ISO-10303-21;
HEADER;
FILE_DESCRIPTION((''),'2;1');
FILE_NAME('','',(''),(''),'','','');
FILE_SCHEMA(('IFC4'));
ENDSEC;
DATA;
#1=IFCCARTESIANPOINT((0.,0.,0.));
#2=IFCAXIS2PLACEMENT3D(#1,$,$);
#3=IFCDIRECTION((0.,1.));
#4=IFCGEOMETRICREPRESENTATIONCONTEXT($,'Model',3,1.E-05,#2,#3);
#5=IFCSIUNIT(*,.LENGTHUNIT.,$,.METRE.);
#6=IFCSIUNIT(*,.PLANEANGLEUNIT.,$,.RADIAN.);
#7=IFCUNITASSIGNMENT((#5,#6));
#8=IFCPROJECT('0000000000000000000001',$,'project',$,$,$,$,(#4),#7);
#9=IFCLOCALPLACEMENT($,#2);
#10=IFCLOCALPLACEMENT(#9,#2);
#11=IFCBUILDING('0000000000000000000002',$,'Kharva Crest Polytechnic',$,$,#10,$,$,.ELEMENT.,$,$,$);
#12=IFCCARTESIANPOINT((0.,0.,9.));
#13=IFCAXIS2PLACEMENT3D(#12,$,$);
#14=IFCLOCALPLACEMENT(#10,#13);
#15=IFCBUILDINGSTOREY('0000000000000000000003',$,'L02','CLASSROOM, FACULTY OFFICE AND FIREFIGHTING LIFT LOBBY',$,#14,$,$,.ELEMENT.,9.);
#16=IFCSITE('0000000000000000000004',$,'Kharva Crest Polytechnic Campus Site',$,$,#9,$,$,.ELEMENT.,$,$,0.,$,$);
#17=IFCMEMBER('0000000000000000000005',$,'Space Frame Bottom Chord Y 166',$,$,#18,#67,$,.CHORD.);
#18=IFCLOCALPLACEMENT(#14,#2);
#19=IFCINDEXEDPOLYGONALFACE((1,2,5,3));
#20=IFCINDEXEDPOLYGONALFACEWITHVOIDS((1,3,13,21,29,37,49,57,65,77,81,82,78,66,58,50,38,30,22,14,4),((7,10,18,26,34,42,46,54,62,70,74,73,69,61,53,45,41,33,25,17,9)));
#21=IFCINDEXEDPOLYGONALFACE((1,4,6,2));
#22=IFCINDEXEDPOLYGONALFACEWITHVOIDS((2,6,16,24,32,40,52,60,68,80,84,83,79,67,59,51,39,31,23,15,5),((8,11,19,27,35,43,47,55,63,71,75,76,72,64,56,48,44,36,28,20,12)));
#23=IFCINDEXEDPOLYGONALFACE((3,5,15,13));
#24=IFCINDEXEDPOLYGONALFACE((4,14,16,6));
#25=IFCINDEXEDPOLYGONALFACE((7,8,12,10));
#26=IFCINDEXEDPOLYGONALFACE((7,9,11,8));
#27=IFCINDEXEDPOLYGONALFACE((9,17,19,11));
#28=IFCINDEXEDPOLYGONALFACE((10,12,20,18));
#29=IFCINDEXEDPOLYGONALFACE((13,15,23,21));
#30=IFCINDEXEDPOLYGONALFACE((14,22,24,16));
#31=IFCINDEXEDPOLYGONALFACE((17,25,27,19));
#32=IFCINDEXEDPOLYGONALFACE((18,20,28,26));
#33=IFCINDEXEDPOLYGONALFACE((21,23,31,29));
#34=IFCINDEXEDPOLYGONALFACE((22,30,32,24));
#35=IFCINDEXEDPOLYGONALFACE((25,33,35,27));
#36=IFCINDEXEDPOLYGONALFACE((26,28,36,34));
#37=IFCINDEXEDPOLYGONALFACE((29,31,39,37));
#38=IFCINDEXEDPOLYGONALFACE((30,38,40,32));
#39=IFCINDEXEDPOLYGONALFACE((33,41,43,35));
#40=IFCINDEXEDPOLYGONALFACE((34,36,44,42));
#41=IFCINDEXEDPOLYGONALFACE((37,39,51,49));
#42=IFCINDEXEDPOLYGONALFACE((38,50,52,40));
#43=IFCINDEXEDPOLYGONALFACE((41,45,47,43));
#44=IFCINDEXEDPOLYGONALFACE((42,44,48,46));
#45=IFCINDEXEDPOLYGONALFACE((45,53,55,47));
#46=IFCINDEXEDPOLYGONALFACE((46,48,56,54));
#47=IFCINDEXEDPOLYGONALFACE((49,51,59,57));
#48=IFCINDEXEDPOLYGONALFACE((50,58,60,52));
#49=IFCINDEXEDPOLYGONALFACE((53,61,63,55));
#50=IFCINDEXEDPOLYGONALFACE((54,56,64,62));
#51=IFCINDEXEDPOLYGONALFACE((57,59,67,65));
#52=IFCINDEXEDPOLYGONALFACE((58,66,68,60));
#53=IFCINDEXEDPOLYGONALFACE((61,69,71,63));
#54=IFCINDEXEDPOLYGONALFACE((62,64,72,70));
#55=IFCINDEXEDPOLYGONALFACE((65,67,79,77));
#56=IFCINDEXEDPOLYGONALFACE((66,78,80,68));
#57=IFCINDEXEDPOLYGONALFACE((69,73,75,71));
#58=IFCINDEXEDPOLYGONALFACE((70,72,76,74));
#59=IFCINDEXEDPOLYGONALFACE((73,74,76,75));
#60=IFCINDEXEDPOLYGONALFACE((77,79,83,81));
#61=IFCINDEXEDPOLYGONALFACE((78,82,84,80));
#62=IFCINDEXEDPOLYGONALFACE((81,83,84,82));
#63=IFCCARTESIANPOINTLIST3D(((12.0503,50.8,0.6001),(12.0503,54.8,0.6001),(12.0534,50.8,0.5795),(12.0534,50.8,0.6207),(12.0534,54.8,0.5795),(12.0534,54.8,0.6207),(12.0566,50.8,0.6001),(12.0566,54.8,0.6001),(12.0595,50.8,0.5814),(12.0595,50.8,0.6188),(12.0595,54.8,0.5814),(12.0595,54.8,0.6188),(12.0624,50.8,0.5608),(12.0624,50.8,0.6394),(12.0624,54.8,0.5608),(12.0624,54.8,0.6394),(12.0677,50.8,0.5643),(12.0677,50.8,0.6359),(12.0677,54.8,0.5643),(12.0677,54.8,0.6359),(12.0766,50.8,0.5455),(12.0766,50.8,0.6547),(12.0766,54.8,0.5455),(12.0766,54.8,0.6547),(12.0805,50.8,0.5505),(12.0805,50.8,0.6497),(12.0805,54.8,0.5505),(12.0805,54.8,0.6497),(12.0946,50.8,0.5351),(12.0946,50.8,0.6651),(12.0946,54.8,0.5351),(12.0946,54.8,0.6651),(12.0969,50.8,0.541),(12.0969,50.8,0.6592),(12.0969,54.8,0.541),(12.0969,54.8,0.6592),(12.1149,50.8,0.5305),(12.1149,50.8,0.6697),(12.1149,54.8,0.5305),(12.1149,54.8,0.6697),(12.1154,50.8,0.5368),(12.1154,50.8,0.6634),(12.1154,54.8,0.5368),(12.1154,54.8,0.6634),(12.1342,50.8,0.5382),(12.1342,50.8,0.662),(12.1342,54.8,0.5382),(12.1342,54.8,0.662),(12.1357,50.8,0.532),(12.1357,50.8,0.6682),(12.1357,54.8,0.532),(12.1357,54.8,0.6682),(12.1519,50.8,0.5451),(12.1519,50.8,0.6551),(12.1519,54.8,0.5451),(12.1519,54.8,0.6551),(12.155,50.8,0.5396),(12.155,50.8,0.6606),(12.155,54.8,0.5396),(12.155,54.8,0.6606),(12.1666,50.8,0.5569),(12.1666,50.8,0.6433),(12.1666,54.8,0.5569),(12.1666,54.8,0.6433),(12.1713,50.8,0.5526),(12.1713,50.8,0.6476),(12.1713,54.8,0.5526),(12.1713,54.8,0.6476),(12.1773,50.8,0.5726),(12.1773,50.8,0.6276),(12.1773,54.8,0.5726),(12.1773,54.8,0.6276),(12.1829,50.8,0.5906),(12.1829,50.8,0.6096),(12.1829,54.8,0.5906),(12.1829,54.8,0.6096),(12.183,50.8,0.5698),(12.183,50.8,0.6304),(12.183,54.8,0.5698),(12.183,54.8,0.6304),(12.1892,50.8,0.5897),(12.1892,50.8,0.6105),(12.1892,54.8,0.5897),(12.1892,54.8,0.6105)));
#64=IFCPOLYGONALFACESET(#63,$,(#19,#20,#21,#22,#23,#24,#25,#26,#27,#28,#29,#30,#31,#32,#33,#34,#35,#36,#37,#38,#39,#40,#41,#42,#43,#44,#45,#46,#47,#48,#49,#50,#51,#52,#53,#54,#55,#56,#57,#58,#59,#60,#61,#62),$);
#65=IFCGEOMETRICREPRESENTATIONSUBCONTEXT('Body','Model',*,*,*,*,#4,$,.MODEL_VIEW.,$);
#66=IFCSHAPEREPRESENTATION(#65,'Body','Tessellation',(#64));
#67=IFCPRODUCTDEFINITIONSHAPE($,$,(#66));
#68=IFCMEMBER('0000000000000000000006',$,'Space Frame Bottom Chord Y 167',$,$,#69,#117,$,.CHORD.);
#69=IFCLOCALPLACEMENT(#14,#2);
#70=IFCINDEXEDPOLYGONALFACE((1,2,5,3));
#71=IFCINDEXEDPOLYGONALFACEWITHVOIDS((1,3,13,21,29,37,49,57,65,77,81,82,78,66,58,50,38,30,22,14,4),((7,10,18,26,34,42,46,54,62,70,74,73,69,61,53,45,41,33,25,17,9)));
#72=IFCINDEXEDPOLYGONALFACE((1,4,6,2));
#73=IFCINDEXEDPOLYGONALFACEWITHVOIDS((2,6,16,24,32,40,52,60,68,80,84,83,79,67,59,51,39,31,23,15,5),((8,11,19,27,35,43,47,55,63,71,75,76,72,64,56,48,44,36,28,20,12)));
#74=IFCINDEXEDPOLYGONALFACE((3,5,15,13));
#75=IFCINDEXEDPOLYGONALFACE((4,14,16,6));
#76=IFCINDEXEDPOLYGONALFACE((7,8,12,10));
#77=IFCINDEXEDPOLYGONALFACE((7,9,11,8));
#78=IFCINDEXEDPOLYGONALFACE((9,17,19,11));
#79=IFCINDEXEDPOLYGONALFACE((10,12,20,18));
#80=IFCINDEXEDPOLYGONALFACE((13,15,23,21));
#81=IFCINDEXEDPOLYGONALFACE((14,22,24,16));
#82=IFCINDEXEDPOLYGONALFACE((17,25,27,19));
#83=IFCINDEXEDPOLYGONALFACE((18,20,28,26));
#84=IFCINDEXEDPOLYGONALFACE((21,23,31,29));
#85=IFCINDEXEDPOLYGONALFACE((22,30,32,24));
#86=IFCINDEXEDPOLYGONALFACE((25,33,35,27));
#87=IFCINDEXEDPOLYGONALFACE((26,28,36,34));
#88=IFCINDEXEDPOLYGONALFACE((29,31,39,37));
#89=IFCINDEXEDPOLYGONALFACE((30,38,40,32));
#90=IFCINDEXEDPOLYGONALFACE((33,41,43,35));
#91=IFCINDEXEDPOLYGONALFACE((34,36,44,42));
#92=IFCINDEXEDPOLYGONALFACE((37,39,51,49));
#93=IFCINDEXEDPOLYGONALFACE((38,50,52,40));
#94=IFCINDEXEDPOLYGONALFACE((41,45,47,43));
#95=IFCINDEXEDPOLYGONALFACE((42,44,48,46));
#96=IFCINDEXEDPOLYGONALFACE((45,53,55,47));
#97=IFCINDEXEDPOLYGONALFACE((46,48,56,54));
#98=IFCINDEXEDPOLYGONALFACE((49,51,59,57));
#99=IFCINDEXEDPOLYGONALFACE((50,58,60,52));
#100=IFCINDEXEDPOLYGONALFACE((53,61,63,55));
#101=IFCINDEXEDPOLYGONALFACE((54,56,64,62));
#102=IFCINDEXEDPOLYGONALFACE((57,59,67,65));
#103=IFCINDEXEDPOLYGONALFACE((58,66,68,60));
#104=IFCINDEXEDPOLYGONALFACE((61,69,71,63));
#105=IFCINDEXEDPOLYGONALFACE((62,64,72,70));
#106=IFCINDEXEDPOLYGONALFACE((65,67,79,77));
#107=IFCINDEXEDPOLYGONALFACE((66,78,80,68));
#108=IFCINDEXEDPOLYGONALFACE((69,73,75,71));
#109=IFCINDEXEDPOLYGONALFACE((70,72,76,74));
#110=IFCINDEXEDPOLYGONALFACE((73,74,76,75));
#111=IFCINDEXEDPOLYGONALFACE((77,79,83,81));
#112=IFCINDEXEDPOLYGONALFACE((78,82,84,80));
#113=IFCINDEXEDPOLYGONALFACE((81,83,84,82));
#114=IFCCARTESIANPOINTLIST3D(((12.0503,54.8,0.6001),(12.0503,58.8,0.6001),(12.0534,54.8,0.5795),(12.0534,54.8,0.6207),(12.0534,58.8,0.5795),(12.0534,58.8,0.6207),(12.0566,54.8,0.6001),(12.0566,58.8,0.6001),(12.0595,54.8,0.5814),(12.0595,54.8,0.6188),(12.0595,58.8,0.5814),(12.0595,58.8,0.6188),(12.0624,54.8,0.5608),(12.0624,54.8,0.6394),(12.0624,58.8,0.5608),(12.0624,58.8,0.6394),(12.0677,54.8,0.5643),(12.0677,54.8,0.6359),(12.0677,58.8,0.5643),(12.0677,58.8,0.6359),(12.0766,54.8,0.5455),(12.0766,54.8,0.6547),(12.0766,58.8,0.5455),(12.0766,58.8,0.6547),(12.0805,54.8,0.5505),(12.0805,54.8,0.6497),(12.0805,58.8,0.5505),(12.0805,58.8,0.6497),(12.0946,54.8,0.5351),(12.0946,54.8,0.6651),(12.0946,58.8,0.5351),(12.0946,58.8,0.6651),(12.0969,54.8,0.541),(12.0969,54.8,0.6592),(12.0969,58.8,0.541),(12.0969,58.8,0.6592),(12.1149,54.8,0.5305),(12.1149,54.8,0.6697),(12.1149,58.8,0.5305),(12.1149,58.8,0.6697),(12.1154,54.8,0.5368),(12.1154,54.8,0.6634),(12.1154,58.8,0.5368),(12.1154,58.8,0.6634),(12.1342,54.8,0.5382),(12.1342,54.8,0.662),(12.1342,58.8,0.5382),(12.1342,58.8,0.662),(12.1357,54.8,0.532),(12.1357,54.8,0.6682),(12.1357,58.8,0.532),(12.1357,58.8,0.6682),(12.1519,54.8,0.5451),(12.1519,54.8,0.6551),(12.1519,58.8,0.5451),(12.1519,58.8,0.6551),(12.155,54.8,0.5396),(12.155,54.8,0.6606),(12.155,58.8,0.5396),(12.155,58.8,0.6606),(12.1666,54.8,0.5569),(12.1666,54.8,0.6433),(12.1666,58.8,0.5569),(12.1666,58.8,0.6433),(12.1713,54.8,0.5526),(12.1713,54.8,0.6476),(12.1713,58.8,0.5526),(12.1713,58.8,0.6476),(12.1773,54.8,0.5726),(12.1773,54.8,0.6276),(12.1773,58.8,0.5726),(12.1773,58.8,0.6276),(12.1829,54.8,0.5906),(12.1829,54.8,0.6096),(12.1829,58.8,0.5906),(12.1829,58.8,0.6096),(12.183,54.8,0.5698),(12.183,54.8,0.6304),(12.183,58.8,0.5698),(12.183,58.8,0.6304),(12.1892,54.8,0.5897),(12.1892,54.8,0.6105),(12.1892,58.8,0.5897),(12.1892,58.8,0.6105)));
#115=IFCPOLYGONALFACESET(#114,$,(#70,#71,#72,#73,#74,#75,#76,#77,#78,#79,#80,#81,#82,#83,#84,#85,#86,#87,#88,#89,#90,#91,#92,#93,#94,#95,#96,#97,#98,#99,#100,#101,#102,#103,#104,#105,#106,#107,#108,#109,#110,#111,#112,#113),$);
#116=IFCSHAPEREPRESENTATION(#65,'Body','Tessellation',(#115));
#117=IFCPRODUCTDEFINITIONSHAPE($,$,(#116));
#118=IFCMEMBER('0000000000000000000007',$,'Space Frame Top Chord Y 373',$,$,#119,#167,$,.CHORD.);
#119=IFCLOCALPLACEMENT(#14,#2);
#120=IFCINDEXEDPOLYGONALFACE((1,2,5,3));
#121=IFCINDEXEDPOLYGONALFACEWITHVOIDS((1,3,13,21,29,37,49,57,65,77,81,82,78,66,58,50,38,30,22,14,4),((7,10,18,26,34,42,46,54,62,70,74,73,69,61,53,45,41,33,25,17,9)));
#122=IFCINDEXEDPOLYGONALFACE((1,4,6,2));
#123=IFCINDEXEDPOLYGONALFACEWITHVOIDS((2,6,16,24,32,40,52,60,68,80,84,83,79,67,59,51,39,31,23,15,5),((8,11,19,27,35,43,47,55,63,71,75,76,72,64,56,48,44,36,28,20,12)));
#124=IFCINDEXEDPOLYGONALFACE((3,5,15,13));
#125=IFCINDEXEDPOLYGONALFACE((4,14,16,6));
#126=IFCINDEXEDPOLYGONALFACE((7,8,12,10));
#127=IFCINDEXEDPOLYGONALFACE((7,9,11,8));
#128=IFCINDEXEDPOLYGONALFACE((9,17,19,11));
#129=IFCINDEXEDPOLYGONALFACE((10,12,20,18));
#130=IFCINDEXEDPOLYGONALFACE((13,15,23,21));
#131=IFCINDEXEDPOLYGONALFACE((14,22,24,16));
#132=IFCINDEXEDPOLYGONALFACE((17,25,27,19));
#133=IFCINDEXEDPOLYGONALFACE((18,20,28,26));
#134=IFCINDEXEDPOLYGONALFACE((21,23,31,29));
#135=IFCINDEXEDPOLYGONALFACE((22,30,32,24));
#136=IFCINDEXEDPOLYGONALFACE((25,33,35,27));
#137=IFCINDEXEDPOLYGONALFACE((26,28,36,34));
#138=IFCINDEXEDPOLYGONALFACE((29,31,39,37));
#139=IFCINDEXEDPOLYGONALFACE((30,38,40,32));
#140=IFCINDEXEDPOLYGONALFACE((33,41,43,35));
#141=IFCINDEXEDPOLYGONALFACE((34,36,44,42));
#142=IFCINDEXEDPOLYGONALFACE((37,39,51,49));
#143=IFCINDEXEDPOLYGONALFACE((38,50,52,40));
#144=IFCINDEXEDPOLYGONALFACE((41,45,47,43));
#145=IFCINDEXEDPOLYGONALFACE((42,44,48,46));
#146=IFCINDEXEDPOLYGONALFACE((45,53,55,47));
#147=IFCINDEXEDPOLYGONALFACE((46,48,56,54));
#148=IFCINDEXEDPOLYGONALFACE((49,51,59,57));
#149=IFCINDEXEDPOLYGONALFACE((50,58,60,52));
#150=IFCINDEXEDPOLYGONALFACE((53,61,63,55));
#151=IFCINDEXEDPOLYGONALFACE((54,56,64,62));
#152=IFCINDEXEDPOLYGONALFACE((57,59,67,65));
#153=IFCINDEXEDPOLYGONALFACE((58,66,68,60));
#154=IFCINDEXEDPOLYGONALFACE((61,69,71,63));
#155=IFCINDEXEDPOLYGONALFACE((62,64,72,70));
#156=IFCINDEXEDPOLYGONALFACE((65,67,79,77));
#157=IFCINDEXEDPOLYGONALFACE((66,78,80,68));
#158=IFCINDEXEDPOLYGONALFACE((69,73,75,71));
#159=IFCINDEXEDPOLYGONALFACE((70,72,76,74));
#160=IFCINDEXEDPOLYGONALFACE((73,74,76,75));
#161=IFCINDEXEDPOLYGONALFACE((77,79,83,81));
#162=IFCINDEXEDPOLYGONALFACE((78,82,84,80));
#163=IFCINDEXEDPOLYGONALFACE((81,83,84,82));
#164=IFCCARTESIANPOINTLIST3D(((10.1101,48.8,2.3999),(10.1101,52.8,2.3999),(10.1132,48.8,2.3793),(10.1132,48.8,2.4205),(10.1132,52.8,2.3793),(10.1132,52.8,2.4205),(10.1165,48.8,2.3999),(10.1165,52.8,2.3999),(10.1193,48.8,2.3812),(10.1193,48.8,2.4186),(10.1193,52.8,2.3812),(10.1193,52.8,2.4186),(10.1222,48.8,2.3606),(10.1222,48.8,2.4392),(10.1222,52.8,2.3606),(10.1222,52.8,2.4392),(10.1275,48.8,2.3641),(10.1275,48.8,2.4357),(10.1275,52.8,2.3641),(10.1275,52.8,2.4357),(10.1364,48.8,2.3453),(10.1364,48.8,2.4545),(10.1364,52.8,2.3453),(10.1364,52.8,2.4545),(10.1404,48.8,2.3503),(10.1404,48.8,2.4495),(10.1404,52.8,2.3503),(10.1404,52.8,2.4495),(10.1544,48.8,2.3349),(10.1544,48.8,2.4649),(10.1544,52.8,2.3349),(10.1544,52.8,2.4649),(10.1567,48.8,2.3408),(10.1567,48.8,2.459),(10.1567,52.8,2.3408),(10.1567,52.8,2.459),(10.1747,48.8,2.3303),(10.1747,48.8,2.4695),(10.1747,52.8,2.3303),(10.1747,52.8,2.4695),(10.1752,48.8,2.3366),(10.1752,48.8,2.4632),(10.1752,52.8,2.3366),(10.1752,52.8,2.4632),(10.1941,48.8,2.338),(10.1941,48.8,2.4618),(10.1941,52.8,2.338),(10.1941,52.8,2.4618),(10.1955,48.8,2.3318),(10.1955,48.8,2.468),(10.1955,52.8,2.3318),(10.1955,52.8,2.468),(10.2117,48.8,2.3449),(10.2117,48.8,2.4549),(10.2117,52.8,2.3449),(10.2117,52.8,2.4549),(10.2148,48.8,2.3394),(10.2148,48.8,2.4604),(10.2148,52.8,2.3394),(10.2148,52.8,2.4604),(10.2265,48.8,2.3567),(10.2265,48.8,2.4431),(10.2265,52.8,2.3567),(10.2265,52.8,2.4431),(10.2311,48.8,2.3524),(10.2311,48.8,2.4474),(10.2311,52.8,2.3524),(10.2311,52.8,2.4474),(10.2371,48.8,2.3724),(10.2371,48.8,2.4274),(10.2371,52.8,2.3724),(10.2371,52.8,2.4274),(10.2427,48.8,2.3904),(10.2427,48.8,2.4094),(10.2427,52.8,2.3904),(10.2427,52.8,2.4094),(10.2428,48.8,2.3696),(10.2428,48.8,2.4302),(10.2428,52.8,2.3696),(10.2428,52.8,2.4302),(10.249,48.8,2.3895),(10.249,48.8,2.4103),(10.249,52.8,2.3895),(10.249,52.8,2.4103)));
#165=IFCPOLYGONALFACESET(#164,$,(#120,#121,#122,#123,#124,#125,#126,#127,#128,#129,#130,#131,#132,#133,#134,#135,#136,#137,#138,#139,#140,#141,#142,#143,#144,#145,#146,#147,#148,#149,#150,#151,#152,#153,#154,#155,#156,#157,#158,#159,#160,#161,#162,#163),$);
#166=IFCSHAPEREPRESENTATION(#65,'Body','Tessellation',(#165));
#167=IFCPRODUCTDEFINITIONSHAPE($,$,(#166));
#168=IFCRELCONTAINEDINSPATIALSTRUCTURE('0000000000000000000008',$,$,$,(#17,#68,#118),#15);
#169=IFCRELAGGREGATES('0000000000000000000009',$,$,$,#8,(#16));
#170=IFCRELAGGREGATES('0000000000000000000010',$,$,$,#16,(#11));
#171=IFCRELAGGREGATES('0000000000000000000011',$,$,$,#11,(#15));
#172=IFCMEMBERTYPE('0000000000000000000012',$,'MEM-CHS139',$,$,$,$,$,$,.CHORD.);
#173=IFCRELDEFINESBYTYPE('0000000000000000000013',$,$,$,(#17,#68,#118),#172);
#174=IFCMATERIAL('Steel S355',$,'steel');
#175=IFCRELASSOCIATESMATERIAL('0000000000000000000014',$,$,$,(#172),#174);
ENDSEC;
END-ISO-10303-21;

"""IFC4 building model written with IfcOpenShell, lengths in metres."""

from ifc_helpers import new_model, si_unit, direction, frame, origin, origin_2d, place, context, subcontext, project, spatial, hollow_circle, extrude, material, material_profile, profile_set, type_object, element, save


model = new_model("IFC4")

# Units and contexts
model_context = context("Model", 3, precision=1e-05, world=origin(), true_north=direction((0.0, 1.0)))
body_context = subcontext(model_context, "Body", "Model", "MODEL_VIEW")
ifc_project = project(units=[si_unit("LENGTHUNIT", "METRE"), si_unit("PLANEANGLEUNIT", "RADIAN")], contexts=[model_context])

# Site, building, storey
site_placement = place(None, origin())
site = spatial("IfcSite", under=ifc_project, at=site_placement, Name="Kharva Crest Polytechnic Campus Site", CompositionType="ELEMENT", RefElevation=0.0)
building_placement = place(site_placement, origin())
building = spatial("IfcBuilding", under=site, at=building_placement, Name="Kharva Crest Polytechnic", CompositionType="ELEMENT")
storey_placement = place(building_placement, frame((0.0, 0.0, 9.0)))
storey = spatial("IfcBuildingStorey", under=building, at=storey_placement, Name="L02", Description="CLASSROOM, FACULTY OFFICE AND FIREFIGHTING LIFT LOBBY", CompositionType="ELEMENT", Elevation=9.0)

# Shared definitions
ifc_material_1 = material(Name="Steel S355", Category="steel")

# Members
ifc_material_profile_1 = material_profile(ifc_material_1, hollow_circle(Radius=0.0698, WallThickness=0.0063, at=origin_2d()), Name="CHS 139.7X6.3")
ifc_profile_set_1 = profile_set([ifc_material_profile_1], Name="Steel S355")
member_type_1 = type_object("IfcMemberType", Name="MEM-CHS139", PredefinedType="CHORD", material=ifc_profile_set_1)
for number, where, z_axis, x_axis, name in (
    (1, (12.1201, 50.8, 0.6001), (0.0, 1.0, 0.0), (-1.0, 0.0, 0.0), "Space Frame Bottom Chord Y 166"),
    (2, (12.1201, 54.8, 0.6001), (0.0, 1.0, 0.0), (-1.0, 0.0, 0.0), "Space Frame Bottom Chord Y 167"),
    (3, (10.1799, 48.8, 2.3999), (0.0, 1.0, 0.0), (-1.0, 0.0, 0.0), "Space Frame Top Chord Y 373"),
):
    element("IfcMember", number, at=place(storey_placement, frame(where, z_axis=z_axis, x_axis=x_axis)), inside=storey, type_object=member_type_1, Name=name, PredefinedType="CHORD", context=body_context, shape_type="SweptSolid", body=[
        extrude(hollow_circle(Radius=0.0698, WallThickness=0.0063, at=origin_2d()), origin(), (0.0, 0.0, 1.0), 4.0),
    ])

save(model, "model.ifc")
